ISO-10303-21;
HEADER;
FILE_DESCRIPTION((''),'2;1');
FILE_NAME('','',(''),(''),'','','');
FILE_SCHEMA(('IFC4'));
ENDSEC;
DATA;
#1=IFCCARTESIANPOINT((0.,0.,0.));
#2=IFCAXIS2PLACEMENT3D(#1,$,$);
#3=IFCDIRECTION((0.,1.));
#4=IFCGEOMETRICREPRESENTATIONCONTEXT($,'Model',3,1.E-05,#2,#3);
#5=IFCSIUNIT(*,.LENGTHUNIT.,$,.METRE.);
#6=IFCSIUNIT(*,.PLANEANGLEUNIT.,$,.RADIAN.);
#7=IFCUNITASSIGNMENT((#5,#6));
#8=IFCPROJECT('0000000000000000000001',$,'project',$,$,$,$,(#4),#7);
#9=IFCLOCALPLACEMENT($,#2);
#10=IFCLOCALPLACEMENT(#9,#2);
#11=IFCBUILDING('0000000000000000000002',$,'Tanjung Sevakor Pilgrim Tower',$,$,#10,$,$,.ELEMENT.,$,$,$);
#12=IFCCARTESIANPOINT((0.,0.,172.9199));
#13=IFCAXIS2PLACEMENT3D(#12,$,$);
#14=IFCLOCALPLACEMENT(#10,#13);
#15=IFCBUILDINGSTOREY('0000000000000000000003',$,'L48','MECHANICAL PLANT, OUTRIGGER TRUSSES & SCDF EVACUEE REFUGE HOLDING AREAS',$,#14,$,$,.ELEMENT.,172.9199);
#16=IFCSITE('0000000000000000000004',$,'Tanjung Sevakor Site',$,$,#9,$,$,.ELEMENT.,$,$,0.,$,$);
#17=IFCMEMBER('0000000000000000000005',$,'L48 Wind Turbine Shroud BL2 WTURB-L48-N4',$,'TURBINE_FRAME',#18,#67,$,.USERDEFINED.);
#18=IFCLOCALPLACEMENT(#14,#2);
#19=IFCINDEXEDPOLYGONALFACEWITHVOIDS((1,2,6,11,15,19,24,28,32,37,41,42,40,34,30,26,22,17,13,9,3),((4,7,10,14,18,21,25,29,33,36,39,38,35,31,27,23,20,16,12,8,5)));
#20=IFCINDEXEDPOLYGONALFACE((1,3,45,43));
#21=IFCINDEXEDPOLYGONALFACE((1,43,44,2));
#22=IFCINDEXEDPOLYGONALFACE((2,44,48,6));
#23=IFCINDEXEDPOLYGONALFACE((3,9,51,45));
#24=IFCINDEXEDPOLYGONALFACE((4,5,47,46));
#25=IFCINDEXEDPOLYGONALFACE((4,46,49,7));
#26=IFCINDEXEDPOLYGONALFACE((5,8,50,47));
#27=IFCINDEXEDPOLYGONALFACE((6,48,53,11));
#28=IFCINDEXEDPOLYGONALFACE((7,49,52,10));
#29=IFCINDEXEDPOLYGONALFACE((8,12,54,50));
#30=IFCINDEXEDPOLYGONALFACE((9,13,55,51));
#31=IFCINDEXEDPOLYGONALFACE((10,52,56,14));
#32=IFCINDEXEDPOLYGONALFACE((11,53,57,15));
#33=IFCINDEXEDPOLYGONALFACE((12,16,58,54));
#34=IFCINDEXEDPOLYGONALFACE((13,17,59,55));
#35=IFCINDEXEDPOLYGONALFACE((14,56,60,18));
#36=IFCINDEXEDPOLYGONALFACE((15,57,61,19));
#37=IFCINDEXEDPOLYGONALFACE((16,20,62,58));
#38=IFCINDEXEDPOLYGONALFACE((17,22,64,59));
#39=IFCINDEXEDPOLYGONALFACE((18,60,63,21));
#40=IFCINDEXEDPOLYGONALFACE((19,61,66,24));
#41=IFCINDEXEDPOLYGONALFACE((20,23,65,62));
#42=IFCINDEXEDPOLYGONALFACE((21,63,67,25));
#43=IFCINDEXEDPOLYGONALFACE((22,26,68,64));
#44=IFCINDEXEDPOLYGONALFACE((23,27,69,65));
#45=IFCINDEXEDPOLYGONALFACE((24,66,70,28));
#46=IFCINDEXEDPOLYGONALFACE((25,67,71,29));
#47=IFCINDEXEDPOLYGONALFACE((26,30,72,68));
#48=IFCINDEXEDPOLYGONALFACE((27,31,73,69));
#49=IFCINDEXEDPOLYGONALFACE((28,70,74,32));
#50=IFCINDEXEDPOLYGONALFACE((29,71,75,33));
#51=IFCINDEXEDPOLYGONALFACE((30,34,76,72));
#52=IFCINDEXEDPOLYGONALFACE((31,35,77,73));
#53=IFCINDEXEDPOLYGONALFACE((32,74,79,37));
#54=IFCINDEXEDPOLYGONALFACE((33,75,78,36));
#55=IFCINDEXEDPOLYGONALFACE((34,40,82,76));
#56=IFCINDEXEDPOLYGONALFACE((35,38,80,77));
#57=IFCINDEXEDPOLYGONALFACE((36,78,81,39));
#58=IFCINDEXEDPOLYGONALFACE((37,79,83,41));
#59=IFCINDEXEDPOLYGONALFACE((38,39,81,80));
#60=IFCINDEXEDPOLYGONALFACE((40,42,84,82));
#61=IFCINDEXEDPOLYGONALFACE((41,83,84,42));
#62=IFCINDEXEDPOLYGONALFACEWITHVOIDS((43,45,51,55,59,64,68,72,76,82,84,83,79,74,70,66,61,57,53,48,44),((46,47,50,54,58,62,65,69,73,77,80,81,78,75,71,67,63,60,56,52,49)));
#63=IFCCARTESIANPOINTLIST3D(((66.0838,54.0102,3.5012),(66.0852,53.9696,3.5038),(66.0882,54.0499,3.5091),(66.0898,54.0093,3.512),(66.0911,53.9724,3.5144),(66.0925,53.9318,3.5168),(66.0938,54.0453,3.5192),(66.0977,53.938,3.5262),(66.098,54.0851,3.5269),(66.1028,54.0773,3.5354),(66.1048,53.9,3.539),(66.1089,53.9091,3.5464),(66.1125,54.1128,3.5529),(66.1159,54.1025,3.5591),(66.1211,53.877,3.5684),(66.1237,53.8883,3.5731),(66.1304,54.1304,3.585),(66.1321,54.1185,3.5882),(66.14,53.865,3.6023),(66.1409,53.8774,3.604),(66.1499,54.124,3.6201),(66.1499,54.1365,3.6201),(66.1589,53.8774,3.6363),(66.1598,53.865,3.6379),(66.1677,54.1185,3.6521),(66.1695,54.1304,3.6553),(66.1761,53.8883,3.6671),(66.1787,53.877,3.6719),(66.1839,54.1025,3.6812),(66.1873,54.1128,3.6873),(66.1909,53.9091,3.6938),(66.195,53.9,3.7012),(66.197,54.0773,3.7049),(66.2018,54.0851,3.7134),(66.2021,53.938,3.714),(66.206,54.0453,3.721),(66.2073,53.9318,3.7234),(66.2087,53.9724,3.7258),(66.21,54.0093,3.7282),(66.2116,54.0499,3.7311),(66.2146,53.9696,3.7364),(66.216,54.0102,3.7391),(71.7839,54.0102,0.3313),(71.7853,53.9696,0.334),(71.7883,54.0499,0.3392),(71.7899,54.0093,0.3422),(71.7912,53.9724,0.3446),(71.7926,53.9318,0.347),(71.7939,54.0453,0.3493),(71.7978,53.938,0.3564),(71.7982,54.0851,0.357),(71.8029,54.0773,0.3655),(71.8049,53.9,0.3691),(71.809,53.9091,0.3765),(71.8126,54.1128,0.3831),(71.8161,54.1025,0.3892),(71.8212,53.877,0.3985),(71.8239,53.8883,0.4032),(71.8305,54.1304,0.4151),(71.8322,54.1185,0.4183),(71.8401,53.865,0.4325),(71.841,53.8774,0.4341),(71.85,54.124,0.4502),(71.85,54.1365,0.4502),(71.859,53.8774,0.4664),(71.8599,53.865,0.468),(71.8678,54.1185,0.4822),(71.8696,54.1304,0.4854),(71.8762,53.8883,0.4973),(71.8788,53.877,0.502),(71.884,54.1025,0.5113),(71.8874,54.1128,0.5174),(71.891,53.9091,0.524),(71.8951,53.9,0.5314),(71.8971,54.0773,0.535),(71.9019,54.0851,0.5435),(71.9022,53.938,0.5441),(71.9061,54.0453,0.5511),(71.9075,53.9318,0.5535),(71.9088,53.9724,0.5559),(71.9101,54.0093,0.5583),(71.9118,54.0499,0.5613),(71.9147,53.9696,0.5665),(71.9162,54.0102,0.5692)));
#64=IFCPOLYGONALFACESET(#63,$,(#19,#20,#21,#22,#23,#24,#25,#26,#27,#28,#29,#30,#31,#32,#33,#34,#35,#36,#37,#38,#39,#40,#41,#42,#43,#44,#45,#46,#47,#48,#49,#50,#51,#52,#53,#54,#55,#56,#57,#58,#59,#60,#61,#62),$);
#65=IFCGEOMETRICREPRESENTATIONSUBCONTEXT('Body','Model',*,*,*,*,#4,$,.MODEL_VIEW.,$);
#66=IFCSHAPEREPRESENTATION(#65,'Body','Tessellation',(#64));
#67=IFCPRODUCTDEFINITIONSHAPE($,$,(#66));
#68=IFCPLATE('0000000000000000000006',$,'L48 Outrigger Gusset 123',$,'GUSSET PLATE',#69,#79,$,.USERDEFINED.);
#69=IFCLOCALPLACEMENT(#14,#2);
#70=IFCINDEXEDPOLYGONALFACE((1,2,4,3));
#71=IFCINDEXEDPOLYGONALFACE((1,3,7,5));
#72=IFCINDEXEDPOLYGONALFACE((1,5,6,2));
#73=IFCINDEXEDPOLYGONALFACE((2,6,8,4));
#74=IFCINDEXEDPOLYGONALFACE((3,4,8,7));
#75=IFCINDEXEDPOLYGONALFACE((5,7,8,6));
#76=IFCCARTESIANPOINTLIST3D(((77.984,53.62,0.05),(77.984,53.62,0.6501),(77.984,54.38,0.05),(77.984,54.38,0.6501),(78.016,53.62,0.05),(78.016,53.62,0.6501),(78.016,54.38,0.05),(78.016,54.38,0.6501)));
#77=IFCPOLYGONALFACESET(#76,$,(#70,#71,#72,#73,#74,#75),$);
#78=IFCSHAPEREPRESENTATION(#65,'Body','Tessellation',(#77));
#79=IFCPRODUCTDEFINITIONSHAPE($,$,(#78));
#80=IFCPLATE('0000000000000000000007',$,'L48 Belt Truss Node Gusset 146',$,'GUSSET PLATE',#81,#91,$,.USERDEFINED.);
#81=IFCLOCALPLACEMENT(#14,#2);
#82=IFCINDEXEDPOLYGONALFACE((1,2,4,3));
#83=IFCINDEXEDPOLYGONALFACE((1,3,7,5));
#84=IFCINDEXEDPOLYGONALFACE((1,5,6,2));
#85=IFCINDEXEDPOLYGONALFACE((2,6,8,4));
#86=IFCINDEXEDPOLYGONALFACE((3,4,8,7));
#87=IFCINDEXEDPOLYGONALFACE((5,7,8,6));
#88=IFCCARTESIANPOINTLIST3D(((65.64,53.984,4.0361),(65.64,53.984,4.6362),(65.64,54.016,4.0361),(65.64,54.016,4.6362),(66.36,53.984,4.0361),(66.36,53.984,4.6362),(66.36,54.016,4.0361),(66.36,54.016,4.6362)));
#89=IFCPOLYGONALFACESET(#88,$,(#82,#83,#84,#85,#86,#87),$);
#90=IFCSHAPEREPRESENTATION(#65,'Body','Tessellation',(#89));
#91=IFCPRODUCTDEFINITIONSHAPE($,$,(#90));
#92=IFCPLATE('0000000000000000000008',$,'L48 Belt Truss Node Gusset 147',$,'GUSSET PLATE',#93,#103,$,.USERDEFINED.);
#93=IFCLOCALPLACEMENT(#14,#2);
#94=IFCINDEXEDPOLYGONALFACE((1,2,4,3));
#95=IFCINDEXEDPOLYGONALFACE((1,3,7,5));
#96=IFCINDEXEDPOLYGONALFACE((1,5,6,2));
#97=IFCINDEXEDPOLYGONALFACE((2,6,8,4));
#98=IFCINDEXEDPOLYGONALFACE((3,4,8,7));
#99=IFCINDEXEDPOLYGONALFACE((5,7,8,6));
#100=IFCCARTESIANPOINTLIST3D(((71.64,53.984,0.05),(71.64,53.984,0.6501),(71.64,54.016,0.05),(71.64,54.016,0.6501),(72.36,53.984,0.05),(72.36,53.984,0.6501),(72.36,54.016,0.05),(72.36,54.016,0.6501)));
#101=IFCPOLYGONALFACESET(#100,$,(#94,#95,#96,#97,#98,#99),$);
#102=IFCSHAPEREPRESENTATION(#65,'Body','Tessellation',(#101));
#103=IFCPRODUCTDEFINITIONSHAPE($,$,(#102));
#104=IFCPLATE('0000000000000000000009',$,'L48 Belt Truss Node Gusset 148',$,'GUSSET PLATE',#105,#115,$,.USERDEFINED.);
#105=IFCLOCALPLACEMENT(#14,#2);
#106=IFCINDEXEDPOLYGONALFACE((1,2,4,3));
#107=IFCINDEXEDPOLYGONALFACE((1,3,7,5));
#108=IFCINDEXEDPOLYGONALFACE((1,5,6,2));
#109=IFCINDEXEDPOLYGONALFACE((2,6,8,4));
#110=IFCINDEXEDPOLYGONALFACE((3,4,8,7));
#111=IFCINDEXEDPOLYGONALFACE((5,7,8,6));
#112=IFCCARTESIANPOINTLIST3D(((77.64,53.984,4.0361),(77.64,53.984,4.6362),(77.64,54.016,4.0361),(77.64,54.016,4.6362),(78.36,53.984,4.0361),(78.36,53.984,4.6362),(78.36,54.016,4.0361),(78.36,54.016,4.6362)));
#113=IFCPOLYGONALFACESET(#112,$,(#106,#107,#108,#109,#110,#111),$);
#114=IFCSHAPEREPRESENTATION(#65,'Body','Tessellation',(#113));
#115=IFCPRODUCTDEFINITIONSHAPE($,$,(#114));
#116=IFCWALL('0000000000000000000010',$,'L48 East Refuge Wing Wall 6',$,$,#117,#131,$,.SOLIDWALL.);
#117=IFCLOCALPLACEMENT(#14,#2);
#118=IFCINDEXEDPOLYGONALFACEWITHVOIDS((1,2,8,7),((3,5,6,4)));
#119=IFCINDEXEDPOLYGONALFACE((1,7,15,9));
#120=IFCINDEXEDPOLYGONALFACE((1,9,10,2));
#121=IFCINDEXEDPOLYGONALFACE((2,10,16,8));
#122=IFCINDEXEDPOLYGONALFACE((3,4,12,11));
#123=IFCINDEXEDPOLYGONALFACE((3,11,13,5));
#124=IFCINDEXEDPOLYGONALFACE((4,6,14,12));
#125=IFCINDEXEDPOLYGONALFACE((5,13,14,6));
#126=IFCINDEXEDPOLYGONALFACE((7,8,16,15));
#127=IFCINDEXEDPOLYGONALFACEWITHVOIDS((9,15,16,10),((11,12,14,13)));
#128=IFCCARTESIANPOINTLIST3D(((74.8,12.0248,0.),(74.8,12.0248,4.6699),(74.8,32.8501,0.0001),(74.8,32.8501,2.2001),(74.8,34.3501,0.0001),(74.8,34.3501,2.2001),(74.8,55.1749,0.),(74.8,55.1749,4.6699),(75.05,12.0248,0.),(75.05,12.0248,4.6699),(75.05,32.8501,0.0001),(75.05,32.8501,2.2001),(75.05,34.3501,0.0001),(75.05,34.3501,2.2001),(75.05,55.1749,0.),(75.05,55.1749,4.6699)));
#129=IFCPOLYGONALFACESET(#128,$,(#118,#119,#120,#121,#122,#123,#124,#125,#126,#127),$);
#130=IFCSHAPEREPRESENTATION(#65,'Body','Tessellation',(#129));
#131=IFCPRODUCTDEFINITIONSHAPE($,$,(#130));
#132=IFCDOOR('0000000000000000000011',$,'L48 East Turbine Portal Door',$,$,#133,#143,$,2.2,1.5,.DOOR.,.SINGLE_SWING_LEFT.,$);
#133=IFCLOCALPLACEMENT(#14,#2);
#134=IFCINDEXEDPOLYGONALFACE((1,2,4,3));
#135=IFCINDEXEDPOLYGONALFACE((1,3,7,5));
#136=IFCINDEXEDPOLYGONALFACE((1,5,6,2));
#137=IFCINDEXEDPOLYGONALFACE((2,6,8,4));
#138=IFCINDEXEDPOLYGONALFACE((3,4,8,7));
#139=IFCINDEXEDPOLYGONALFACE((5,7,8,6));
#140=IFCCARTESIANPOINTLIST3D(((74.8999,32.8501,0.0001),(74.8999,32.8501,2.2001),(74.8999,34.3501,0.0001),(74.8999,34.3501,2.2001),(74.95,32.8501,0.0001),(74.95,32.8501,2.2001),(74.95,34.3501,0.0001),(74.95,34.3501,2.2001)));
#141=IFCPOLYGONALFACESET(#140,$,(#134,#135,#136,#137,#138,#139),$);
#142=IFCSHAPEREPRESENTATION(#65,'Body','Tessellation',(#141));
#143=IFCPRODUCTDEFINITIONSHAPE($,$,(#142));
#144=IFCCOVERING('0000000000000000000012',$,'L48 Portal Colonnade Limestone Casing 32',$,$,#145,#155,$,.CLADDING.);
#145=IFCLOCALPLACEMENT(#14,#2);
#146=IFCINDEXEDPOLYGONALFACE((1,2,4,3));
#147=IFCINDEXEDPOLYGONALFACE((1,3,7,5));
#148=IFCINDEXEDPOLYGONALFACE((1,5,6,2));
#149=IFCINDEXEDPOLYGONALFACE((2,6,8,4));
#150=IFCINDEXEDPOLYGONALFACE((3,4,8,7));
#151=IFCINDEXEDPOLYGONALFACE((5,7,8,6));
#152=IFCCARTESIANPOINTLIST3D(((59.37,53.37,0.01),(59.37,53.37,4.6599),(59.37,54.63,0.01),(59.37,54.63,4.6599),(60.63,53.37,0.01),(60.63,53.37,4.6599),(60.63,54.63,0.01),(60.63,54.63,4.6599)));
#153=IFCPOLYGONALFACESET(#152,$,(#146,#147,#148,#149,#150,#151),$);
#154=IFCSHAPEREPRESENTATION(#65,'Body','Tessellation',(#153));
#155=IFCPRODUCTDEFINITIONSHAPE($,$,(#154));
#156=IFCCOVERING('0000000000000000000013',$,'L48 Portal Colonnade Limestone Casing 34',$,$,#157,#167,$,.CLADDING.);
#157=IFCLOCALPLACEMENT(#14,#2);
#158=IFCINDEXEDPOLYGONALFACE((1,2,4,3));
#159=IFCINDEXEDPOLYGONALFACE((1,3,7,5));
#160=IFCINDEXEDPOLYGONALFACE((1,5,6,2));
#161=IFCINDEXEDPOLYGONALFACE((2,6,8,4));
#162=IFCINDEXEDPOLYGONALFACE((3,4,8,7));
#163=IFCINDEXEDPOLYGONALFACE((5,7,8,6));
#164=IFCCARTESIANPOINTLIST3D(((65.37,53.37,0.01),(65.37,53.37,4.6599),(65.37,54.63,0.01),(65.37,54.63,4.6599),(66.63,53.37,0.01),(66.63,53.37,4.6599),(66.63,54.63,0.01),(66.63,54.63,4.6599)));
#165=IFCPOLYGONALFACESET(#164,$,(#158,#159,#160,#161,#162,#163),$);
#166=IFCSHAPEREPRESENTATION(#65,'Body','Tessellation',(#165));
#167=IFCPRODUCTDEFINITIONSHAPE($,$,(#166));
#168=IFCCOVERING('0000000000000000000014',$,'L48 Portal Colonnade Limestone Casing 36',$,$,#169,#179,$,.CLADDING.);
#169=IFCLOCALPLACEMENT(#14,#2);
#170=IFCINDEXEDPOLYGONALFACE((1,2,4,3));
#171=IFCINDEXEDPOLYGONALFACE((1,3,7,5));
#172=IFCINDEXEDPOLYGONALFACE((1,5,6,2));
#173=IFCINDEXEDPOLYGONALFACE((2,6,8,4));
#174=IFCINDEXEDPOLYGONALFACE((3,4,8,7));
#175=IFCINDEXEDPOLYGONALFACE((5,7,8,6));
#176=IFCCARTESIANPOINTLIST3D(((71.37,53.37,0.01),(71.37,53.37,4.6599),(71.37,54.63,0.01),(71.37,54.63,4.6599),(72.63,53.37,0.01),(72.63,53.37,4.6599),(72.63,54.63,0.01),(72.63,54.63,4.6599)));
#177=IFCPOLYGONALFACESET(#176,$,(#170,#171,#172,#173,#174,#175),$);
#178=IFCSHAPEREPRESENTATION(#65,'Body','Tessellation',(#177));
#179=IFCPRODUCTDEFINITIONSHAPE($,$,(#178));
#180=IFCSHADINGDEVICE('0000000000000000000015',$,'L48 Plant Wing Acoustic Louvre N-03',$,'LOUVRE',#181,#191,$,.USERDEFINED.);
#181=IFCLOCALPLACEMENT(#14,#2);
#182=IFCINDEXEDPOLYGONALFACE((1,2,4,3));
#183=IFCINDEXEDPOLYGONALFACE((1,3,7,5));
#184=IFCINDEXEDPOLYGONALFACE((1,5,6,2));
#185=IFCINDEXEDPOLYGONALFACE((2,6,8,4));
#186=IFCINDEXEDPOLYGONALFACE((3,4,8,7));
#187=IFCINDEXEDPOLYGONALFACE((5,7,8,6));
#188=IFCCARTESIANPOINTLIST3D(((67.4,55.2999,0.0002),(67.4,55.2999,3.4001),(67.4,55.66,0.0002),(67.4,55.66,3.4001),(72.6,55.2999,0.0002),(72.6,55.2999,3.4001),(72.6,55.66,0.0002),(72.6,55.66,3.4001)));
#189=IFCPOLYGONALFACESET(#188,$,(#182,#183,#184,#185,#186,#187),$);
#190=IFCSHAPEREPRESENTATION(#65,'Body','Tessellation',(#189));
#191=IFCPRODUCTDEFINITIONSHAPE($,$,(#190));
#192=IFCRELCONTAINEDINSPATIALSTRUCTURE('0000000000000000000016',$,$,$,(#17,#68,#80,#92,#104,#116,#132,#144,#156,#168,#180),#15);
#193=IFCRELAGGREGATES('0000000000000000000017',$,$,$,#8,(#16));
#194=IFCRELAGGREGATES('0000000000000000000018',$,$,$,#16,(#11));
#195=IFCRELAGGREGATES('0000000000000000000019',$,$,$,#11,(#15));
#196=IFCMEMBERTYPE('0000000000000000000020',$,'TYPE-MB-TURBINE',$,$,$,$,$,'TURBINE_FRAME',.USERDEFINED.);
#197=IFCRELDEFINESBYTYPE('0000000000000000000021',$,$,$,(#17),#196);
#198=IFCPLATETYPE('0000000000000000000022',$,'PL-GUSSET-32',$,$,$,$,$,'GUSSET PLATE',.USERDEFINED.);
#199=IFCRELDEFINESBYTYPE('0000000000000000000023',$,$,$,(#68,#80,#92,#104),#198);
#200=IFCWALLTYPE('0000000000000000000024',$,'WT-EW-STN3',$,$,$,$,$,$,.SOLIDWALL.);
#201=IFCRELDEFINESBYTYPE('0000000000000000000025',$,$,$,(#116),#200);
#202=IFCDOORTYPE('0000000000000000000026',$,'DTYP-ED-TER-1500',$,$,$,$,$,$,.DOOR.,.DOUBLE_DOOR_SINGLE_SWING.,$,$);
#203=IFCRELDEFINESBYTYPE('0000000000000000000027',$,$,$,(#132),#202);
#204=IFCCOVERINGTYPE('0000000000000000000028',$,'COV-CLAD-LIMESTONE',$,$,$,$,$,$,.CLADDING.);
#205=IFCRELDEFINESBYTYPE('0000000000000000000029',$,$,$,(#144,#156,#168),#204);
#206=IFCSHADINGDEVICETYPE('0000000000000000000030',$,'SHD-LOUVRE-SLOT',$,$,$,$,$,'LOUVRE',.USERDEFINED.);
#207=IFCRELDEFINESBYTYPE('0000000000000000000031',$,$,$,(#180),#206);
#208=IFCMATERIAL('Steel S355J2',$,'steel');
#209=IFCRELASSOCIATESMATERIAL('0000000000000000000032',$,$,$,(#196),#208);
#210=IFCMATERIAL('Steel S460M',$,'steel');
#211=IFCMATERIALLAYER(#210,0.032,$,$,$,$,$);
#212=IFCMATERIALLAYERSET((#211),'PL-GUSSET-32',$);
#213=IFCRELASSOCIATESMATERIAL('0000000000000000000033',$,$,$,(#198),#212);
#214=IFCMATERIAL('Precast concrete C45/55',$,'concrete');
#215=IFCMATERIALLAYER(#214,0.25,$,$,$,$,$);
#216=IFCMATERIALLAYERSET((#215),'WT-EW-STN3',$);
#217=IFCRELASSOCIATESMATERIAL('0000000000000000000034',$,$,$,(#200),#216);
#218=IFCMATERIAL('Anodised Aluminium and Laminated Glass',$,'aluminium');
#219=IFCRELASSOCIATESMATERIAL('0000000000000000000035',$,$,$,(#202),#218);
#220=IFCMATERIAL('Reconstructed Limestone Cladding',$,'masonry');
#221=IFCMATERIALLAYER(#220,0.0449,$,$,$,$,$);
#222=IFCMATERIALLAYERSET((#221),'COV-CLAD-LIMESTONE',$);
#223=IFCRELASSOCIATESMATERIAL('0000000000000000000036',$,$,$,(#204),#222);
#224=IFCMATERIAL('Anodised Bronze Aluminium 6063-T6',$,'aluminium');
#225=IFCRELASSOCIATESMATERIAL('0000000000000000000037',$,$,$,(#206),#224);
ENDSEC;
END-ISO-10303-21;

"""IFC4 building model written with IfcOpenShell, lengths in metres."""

from ifc_helpers import new_model, si_unit, direction, frame, frame_2d, origin, origin_2d, place, context, subcontext, project, spatial, rectangle, hollow_circle, extrude, material, layer, layer_set, material_profile, profile_set, type_object, element, fill, save


model = new_model("IFC4")

# Units and contexts
model_context = context("Model", 3, precision=1e-05, world=origin(), true_north=direction((0.0, 1.0)))
body_context = subcontext(model_context, "Body", "Model", "MODEL_VIEW")
ifc_project = project(units=[si_unit("LENGTHUNIT", "METRE"), si_unit("PLANEANGLEUNIT", "RADIAN")], contexts=[model_context])

# Site, building, storey
site_placement = place(None, origin())
site = spatial("IfcSite", under=ifc_project, at=site_placement, Name="Tanjung Sevakor Site", CompositionType="ELEMENT", RefElevation=0.0)
building_placement = place(site_placement, origin())
building = spatial("IfcBuilding", under=site, at=building_placement, Name="Tanjung Sevakor Pilgrim Tower", CompositionType="ELEMENT")
storey_placement = place(building_placement, frame((0.0, 0.0, 172.9199)))
storey = spatial("IfcBuildingStorey", under=building, at=storey_placement, Name="L48", Description="MECHANICAL PLANT, OUTRIGGER TRUSSES & SCDF EVACUEE REFUGE HOLDING AREAS", CompositionType="ELEMENT", Elevation=172.9199)

# Member
ifc_material_1 = material(Name="Steel S355J2", Category="steel")
ifc_material_profile_1 = material_profile(ifc_material_1, hollow_circle(Radius=0.1365, WallThickness=0.0125, at=origin_2d()))
ifc_profile_set_1 = profile_set([ifc_material_profile_1], Name="Steel S355J2")
member_type_1 = type_object("IfcMemberType", Name="TYPE-MB-TURBINE", ElementType="TURBINE_FRAME", PredefinedType="USERDEFINED", material=ifc_profile_set_1)
for number, where, z_axis, x_axis, name in (
    (1, (66.1499, 54.0, 3.6201), (0.873952, 0.0, -0.486012), (0.0, 1.0, 0.0), "L48 Wind Turbine Shroud BL2 WTURB-L48-N4"),
):
    element("IfcMember", number, at=place(storey_placement, frame(where, z_axis=z_axis, x_axis=x_axis)), inside=storey, type_object=member_type_1, Name=name, ObjectType="TURBINE_FRAME", PredefinedType="USERDEFINED", context=body_context, shape_type="SweptSolid", body=[
        extrude(hollow_circle(Radius=0.1365, WallThickness=0.0125, at=origin_2d()), origin(), (0.0, 0.0, 1.0), 6.5222),
    ])

# Plates
ifc_material_2 = material(Name="Steel S460M", Category="steel")
ifc_layer_1 = layer(ifc_material_2, 0.032)
ifc_layer_set_1 = layer_set([ifc_layer_1], Name="PL-GUSSET-32")
plate_type = type_object("IfcPlateType", Name="PL-GUSSET-32", ElementType="GUSSET PLATE", PredefinedType="USERDEFINED", material=ifc_layer_set_1)
plate_placement = place(storey_placement, frame((78.0, 54.0, 0.05), z_axis=(0.0, 0.0, 1.0), x_axis=(1.0, 0.0, 0.0)))
element("IfcPlate", 2, at=plate_placement, inside=storey, type_object=plate_type, Name="L48 Outrigger Gusset 123", ObjectType="GUSSET PLATE", PredefinedType="USERDEFINED", context=body_context, shape_type="SweptSolid", body=[
    extrude(rectangle(XDim=0.032, YDim=0.76, at=origin_2d()), origin(), (0.0, 0.0, 1.0), 0.6001),
])
for number, where, z_axis, x_axis, name in (
    (3, (66.0, 54.0, 4.0361), (0.0, 0.0, 1.0), (1.0, 0.0, 0.0), "L48 Belt Truss Node Gusset 146"),
    (4, (72.0, 54.0, 0.05), (0.0, 0.0, 1.0), (1.0, 0.0, 0.0), "L48 Belt Truss Node Gusset 147"),
    (5, (78.0, 54.0, 4.0361), (0.0, 0.0, 1.0), (1.0, 0.0, 0.0), "L48 Belt Truss Node Gusset 148"),
):
    element("IfcPlate", number, at=place(storey_placement, frame(where, z_axis=z_axis, x_axis=x_axis)), inside=storey, type_object=plate_type, Name=name, ObjectType="GUSSET PLATE", PredefinedType="USERDEFINED", context=body_context, shape_type="SweptSolid", body=[
        extrude(rectangle(XDim=0.72, YDim=0.032, at=origin_2d()), origin(), (0.0, 0.0, 1.0), 0.6001),
    ])

# Wall, opening, door
ifc_material_3 = material(Name="Precast concrete C45/55", Category="concrete")
ifc_layer_2 = layer(ifc_material_3, 0.25)
ifc_layer_set_2 = layer_set([ifc_layer_2], Name="WT-EW-STN3")
wall_type = type_object("IfcWallType", Name="WT-EW-STN3", PredefinedType="SOLIDWALL", material=ifc_layer_set_2)
wall_placement = place(storey_placement, frame((74.925, 55.175, 0.0), z_axis=(0.0, 0.0, 1.0), x_axis=(0.0, -1.0, 0.0)))
wall = element("IfcWall", 6, at=wall_placement, inside=storey, type_object=wall_type, Name="L48 East Refuge Wing Wall 6", PredefinedType="SOLIDWALL", context=body_context, shape_type="SweptSolid", body=[
    extrude(rectangle(XDim=43.1501, YDim=0.25, at=frame_2d((21.5752, 0.0))), origin(), (0.0, 0.0, 1.0), 4.6699),
])
opening_placement = place(wall_placement, frame((20.825, 0.0, 0.0)))
opening = element("IfcOpeningElement", 7, at=opening_placement, cuts=wall, PredefinedType="OPENING", context=body_context, shape_type="SweptSolid", body=[
    extrude(rectangle(XDim=1.5, YDim=2.2, at=frame_2d((0.75, 1.1001))), frame((0.0, 0.135, 0.0), z_axis=(0.0, -1.0, 0.0), x_axis=(1.0, 0.0, 0.0)), (0.0, 0.0, 1.0), 0.27),
])
ifc_material_4 = material(Name="Anodised Aluminium and Laminated Glass", Category="aluminium")
door_type = type_object("IfcDoorType", Name="DTYP-ED-TER-1500", OperationType="DOUBLE_DOOR_SINGLE_SWING", PredefinedType="DOOR", material=ifc_material_4)
door_placement = place(opening_placement, origin())
door = element("IfcDoor", 8, at=door_placement, inside=storey, type_object=door_type, Name="L48 East Turbine Portal Door", OperationType="SINGLE_SWING_LEFT", OverallHeight=2.2, OverallWidth=1.5, PredefinedType="DOOR", context=body_context, shape_type="SweptSolid", body=[
    extrude(rectangle(XDim=1.5, YDim=2.2, at=frame_2d((0.75, 1.1001))), frame((0.0, 0.0249, 0.0), z_axis=(0.0, -1.0, 0.0), x_axis=(1.0, 0.0, 0.0)), (0.0, 0.0, 1.0), 0.05),
])
fill(opening, door)

# Coverings
ifc_material_5 = material(Name="Reconstructed Limestone Cladding", Category="masonry")
ifc_layer_3 = layer(ifc_material_5, 0.0449)
ifc_layer_set_3 = layer_set([ifc_layer_3], Name="COV-CLAD-LIMESTONE")
covering_type = type_object("IfcCoveringType", Name="COV-CLAD-LIMESTONE", PredefinedType="CLADDING", material=ifc_layer_set_3)
for number, where, z_axis, x_axis, name in (
    (9, (60.0, 54.0, 0.01), (0.0, 0.0, 1.0), (1.0, 0.0, 0.0), "L48 Portal Colonnade Limestone Casing 32"),
    (10, (66.0, 54.0, 0.01), (0.0, 0.0, 1.0), (1.0, 0.0, 0.0), "L48 Portal Colonnade Limestone Casing 34"),
    (11, (72.0, 54.0, 0.01), (0.0, 0.0, 1.0), (1.0, 0.0, 0.0), "L48 Portal Colonnade Limestone Casing 36"),
):
    element("IfcCovering", number, at=place(storey_placement, frame(where, z_axis=z_axis, x_axis=x_axis)), inside=storey, type_object=covering_type, Name=name, PredefinedType="CLADDING", context=body_context, shape_type="SweptSolid", body=[
        extrude(rectangle(XDim=1.26, YDim=1.26, at=origin_2d()), origin(), (0.0, 0.0, 1.0), 4.6499),
    ])

# Shading device
ifc_material_6 = material(Name="Anodised Bronze Aluminium 6063-T6", Category="aluminium")
shading_device_type = type_object("IfcShadingDeviceType", Name="SHD-LOUVRE-SLOT", ElementType="LOUVRE", PredefinedType="USERDEFINED", material=ifc_material_6)
shading_device_placement = place(storey_placement, frame((70.0, 55.48, 0.0002), z_axis=(0.0, 0.0, 1.0), x_axis=(1.0, 0.0, 0.0)))
element("IfcShadingDevice", 12, at=shading_device_placement, inside=storey, type_object=shading_device_type, Name="L48 Plant Wing Acoustic Louvre N-03", ObjectType="LOUVRE", PredefinedType="USERDEFINED", context=body_context, shape_type="SweptSolid", body=[
    extrude(rectangle(XDim=5.2, YDim=0.3601, at=origin_2d()), origin(), (0.0, 0.0, 1.0), 3.3999),
])

save(model, "model.ifc")
